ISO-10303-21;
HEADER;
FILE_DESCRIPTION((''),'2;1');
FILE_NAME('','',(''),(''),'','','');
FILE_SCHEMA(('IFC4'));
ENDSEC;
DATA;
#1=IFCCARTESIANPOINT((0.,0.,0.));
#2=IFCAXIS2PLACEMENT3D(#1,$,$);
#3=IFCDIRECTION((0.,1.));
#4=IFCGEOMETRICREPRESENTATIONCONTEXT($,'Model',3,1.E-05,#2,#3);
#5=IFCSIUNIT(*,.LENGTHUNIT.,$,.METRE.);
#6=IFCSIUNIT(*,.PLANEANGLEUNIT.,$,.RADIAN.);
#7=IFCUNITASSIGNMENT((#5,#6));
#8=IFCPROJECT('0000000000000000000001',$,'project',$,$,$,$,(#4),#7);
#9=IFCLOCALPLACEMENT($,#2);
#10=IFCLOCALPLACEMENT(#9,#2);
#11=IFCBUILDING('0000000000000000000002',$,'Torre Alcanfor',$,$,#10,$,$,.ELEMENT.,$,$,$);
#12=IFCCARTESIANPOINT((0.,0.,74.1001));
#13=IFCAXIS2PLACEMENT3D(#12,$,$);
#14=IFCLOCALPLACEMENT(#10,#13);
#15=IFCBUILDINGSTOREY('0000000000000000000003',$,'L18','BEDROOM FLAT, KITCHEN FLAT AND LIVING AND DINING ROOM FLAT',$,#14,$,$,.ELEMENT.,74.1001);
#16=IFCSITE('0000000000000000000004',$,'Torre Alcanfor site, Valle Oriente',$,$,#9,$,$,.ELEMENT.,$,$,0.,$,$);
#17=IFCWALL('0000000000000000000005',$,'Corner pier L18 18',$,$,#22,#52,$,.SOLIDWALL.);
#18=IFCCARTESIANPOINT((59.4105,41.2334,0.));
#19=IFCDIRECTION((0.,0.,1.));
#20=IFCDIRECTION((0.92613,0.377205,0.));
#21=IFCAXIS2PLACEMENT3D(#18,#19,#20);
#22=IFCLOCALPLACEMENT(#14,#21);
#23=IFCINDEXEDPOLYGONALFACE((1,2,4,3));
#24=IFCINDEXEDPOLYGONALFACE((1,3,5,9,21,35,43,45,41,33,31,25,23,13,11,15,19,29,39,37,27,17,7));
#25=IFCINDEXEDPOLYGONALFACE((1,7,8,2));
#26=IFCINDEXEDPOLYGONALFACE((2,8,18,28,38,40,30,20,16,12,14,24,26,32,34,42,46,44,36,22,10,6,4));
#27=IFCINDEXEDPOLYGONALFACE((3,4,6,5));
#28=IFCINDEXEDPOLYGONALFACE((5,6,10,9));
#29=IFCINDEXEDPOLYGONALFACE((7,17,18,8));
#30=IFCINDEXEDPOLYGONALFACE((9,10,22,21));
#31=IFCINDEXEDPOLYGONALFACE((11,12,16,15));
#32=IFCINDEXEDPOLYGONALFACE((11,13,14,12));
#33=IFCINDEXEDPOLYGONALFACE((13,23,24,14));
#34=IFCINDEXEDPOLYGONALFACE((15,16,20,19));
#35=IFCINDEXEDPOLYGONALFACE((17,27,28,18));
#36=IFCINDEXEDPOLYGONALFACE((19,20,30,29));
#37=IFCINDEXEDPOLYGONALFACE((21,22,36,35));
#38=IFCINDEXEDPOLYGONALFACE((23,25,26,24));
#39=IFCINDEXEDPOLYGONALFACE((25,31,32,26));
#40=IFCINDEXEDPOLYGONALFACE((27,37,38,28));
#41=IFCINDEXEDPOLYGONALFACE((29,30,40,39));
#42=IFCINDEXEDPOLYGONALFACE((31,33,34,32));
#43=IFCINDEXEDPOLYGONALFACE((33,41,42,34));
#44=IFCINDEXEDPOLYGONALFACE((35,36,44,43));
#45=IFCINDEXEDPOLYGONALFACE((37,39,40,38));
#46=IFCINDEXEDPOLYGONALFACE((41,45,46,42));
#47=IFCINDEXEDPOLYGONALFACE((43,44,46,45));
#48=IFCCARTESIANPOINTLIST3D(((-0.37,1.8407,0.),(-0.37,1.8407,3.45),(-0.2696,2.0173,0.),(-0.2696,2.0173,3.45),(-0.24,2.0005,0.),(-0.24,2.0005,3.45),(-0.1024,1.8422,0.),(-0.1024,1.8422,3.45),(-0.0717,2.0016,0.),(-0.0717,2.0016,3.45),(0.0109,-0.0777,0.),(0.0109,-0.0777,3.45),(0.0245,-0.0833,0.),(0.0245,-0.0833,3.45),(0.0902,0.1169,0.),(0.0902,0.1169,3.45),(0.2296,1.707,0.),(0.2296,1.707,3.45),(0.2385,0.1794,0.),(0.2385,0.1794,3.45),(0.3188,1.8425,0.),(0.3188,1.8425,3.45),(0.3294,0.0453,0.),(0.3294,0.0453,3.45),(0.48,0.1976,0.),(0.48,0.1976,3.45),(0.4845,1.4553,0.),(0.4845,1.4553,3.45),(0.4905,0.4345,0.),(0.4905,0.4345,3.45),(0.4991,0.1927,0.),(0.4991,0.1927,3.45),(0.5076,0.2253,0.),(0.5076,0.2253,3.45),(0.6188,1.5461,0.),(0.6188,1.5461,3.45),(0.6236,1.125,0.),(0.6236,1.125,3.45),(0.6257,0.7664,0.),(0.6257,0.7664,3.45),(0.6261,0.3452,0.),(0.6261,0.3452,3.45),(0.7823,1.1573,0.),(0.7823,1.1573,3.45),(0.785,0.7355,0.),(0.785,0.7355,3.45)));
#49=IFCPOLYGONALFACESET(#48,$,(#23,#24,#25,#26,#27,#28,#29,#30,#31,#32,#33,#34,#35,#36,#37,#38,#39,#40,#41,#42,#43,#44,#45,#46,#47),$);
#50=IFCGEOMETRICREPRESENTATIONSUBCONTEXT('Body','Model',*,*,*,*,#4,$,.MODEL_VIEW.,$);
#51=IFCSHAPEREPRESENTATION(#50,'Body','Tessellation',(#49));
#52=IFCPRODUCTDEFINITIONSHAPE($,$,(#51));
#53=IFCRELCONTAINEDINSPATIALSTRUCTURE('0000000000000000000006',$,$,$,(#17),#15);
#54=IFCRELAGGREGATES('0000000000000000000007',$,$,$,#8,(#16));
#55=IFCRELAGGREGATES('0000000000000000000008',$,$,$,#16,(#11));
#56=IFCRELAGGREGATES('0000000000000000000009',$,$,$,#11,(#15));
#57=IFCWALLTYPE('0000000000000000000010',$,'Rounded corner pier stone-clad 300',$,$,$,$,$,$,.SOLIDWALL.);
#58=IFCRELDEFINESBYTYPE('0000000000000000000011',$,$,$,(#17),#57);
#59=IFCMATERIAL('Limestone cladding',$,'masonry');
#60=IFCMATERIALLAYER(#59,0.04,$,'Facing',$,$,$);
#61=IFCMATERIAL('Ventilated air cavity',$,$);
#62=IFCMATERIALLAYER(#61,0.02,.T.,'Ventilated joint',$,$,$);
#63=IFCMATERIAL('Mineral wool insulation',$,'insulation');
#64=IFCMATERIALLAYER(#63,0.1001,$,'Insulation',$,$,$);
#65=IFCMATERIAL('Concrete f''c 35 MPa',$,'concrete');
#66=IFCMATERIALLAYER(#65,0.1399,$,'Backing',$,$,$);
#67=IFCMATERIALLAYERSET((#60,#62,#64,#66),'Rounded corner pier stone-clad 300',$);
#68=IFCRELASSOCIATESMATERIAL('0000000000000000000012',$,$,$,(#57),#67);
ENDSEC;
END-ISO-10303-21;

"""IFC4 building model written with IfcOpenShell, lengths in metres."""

from ifc_helpers import new_model, si_unit, direction, frame, origin, place, context, subcontext, project, spatial, polyline, outline, extrude, material, layer, layer_set, type_object, element, save


model = new_model("IFC4")

# Units and contexts
model_context = context("Model", 3, precision=1e-05, world=origin(), true_north=direction((0.0, 1.0)))
body_context = subcontext(model_context, "Body", "Model", "MODEL_VIEW")
ifc_project = project(units=[si_unit("LENGTHUNIT", "METRE"), si_unit("PLANEANGLEUNIT", "RADIAN")], contexts=[model_context])

# Site, building, storey
site_placement = place(None, origin())
site = spatial("IfcSite", under=ifc_project, at=site_placement, Name="Torre Alcanfor site, Valle Oriente", CompositionType="ELEMENT", RefElevation=0.0)
building_placement = place(site_placement, origin())
building = spatial("IfcBuilding", under=site, at=building_placement, Name="Torre Alcanfor", CompositionType="ELEMENT")
storey_placement = place(building_placement, frame((0.0, 0.0, 74.1001)))
storey = spatial("IfcBuildingStorey", under=building, at=storey_placement, Name="L18", Description="BEDROOM FLAT, KITCHEN FLAT AND LIVING AND DINING ROOM FLAT", CompositionType="ELEMENT", Elevation=74.1001)

# Wall
ifc_material_1 = material(Name="Limestone cladding", Category="masonry")
ifc_layer_1 = layer(ifc_material_1, 0.04, Name="Facing")
ifc_material_2 = material(Name="Ventilated air cavity")
ifc_layer_2 = layer(ifc_material_2, 0.02, ventilated=True, Name="Ventilated joint")
ifc_material_3 = material(Name="Mineral wool insulation", Category="insulation")
ifc_layer_3 = layer(ifc_material_3, 0.1001, Name="Insulation")
ifc_material_4 = material(Name="Concrete f'c 35 MPa", Category="concrete")
ifc_layer_4 = layer(ifc_material_4, 0.1399, Name="Backing")
ifc_layer_set_1 = layer_set([ifc_layer_1, ifc_layer_2, ifc_layer_3, ifc_layer_4], Name="Rounded corner pier stone-clad 300")
wall_type_1 = type_object("IfcWallType", Name="Rounded corner pier stone-clad 300", PredefinedType="SOLIDWALL", material=ifc_layer_set_1)
wall_1_placement = place(storey_placement, frame((59.4105, 41.2334, 0.0), z_axis=(0.0, 0.0, 1.0), x_axis=(0.92613, 0.377205, 0.0)))
element("IfcWall", 1, at=wall_1_placement, inside=storey, type_object=wall_type_1, Name="Corner pier L18 18", PredefinedType="SOLIDWALL", context=body_context, shape_type="SweptSolid", body=[
    extrude(outline(polyline([(0.6261, 0.3452), (0.785, 0.7355), (0.7823, 1.1573), (0.6188, 1.5461), (0.3188, 1.8425), (-0.0717, 2.0016), (-0.24, 2.0005), (-0.2696, 2.0173), (-0.37, 1.8407), (-0.1024, 1.8422), (0.2296, 1.707), (0.4845, 1.4553), (0.6236, 1.125), (0.6257, 0.7664), (0.4905, 0.4345), (0.2385, 0.1794), (0.0902, 0.1169), (0.0109, -0.0777), (0.0245, -0.0833), (0.3294, 0.0453), (0.48, 0.1976), (0.4991, 0.1927), (0.5076, 0.2253), (0.6261, 0.3452)])), origin(), (0.0, 0.0, 1.0), 3.45),
])

save(model, "model.ifc")
